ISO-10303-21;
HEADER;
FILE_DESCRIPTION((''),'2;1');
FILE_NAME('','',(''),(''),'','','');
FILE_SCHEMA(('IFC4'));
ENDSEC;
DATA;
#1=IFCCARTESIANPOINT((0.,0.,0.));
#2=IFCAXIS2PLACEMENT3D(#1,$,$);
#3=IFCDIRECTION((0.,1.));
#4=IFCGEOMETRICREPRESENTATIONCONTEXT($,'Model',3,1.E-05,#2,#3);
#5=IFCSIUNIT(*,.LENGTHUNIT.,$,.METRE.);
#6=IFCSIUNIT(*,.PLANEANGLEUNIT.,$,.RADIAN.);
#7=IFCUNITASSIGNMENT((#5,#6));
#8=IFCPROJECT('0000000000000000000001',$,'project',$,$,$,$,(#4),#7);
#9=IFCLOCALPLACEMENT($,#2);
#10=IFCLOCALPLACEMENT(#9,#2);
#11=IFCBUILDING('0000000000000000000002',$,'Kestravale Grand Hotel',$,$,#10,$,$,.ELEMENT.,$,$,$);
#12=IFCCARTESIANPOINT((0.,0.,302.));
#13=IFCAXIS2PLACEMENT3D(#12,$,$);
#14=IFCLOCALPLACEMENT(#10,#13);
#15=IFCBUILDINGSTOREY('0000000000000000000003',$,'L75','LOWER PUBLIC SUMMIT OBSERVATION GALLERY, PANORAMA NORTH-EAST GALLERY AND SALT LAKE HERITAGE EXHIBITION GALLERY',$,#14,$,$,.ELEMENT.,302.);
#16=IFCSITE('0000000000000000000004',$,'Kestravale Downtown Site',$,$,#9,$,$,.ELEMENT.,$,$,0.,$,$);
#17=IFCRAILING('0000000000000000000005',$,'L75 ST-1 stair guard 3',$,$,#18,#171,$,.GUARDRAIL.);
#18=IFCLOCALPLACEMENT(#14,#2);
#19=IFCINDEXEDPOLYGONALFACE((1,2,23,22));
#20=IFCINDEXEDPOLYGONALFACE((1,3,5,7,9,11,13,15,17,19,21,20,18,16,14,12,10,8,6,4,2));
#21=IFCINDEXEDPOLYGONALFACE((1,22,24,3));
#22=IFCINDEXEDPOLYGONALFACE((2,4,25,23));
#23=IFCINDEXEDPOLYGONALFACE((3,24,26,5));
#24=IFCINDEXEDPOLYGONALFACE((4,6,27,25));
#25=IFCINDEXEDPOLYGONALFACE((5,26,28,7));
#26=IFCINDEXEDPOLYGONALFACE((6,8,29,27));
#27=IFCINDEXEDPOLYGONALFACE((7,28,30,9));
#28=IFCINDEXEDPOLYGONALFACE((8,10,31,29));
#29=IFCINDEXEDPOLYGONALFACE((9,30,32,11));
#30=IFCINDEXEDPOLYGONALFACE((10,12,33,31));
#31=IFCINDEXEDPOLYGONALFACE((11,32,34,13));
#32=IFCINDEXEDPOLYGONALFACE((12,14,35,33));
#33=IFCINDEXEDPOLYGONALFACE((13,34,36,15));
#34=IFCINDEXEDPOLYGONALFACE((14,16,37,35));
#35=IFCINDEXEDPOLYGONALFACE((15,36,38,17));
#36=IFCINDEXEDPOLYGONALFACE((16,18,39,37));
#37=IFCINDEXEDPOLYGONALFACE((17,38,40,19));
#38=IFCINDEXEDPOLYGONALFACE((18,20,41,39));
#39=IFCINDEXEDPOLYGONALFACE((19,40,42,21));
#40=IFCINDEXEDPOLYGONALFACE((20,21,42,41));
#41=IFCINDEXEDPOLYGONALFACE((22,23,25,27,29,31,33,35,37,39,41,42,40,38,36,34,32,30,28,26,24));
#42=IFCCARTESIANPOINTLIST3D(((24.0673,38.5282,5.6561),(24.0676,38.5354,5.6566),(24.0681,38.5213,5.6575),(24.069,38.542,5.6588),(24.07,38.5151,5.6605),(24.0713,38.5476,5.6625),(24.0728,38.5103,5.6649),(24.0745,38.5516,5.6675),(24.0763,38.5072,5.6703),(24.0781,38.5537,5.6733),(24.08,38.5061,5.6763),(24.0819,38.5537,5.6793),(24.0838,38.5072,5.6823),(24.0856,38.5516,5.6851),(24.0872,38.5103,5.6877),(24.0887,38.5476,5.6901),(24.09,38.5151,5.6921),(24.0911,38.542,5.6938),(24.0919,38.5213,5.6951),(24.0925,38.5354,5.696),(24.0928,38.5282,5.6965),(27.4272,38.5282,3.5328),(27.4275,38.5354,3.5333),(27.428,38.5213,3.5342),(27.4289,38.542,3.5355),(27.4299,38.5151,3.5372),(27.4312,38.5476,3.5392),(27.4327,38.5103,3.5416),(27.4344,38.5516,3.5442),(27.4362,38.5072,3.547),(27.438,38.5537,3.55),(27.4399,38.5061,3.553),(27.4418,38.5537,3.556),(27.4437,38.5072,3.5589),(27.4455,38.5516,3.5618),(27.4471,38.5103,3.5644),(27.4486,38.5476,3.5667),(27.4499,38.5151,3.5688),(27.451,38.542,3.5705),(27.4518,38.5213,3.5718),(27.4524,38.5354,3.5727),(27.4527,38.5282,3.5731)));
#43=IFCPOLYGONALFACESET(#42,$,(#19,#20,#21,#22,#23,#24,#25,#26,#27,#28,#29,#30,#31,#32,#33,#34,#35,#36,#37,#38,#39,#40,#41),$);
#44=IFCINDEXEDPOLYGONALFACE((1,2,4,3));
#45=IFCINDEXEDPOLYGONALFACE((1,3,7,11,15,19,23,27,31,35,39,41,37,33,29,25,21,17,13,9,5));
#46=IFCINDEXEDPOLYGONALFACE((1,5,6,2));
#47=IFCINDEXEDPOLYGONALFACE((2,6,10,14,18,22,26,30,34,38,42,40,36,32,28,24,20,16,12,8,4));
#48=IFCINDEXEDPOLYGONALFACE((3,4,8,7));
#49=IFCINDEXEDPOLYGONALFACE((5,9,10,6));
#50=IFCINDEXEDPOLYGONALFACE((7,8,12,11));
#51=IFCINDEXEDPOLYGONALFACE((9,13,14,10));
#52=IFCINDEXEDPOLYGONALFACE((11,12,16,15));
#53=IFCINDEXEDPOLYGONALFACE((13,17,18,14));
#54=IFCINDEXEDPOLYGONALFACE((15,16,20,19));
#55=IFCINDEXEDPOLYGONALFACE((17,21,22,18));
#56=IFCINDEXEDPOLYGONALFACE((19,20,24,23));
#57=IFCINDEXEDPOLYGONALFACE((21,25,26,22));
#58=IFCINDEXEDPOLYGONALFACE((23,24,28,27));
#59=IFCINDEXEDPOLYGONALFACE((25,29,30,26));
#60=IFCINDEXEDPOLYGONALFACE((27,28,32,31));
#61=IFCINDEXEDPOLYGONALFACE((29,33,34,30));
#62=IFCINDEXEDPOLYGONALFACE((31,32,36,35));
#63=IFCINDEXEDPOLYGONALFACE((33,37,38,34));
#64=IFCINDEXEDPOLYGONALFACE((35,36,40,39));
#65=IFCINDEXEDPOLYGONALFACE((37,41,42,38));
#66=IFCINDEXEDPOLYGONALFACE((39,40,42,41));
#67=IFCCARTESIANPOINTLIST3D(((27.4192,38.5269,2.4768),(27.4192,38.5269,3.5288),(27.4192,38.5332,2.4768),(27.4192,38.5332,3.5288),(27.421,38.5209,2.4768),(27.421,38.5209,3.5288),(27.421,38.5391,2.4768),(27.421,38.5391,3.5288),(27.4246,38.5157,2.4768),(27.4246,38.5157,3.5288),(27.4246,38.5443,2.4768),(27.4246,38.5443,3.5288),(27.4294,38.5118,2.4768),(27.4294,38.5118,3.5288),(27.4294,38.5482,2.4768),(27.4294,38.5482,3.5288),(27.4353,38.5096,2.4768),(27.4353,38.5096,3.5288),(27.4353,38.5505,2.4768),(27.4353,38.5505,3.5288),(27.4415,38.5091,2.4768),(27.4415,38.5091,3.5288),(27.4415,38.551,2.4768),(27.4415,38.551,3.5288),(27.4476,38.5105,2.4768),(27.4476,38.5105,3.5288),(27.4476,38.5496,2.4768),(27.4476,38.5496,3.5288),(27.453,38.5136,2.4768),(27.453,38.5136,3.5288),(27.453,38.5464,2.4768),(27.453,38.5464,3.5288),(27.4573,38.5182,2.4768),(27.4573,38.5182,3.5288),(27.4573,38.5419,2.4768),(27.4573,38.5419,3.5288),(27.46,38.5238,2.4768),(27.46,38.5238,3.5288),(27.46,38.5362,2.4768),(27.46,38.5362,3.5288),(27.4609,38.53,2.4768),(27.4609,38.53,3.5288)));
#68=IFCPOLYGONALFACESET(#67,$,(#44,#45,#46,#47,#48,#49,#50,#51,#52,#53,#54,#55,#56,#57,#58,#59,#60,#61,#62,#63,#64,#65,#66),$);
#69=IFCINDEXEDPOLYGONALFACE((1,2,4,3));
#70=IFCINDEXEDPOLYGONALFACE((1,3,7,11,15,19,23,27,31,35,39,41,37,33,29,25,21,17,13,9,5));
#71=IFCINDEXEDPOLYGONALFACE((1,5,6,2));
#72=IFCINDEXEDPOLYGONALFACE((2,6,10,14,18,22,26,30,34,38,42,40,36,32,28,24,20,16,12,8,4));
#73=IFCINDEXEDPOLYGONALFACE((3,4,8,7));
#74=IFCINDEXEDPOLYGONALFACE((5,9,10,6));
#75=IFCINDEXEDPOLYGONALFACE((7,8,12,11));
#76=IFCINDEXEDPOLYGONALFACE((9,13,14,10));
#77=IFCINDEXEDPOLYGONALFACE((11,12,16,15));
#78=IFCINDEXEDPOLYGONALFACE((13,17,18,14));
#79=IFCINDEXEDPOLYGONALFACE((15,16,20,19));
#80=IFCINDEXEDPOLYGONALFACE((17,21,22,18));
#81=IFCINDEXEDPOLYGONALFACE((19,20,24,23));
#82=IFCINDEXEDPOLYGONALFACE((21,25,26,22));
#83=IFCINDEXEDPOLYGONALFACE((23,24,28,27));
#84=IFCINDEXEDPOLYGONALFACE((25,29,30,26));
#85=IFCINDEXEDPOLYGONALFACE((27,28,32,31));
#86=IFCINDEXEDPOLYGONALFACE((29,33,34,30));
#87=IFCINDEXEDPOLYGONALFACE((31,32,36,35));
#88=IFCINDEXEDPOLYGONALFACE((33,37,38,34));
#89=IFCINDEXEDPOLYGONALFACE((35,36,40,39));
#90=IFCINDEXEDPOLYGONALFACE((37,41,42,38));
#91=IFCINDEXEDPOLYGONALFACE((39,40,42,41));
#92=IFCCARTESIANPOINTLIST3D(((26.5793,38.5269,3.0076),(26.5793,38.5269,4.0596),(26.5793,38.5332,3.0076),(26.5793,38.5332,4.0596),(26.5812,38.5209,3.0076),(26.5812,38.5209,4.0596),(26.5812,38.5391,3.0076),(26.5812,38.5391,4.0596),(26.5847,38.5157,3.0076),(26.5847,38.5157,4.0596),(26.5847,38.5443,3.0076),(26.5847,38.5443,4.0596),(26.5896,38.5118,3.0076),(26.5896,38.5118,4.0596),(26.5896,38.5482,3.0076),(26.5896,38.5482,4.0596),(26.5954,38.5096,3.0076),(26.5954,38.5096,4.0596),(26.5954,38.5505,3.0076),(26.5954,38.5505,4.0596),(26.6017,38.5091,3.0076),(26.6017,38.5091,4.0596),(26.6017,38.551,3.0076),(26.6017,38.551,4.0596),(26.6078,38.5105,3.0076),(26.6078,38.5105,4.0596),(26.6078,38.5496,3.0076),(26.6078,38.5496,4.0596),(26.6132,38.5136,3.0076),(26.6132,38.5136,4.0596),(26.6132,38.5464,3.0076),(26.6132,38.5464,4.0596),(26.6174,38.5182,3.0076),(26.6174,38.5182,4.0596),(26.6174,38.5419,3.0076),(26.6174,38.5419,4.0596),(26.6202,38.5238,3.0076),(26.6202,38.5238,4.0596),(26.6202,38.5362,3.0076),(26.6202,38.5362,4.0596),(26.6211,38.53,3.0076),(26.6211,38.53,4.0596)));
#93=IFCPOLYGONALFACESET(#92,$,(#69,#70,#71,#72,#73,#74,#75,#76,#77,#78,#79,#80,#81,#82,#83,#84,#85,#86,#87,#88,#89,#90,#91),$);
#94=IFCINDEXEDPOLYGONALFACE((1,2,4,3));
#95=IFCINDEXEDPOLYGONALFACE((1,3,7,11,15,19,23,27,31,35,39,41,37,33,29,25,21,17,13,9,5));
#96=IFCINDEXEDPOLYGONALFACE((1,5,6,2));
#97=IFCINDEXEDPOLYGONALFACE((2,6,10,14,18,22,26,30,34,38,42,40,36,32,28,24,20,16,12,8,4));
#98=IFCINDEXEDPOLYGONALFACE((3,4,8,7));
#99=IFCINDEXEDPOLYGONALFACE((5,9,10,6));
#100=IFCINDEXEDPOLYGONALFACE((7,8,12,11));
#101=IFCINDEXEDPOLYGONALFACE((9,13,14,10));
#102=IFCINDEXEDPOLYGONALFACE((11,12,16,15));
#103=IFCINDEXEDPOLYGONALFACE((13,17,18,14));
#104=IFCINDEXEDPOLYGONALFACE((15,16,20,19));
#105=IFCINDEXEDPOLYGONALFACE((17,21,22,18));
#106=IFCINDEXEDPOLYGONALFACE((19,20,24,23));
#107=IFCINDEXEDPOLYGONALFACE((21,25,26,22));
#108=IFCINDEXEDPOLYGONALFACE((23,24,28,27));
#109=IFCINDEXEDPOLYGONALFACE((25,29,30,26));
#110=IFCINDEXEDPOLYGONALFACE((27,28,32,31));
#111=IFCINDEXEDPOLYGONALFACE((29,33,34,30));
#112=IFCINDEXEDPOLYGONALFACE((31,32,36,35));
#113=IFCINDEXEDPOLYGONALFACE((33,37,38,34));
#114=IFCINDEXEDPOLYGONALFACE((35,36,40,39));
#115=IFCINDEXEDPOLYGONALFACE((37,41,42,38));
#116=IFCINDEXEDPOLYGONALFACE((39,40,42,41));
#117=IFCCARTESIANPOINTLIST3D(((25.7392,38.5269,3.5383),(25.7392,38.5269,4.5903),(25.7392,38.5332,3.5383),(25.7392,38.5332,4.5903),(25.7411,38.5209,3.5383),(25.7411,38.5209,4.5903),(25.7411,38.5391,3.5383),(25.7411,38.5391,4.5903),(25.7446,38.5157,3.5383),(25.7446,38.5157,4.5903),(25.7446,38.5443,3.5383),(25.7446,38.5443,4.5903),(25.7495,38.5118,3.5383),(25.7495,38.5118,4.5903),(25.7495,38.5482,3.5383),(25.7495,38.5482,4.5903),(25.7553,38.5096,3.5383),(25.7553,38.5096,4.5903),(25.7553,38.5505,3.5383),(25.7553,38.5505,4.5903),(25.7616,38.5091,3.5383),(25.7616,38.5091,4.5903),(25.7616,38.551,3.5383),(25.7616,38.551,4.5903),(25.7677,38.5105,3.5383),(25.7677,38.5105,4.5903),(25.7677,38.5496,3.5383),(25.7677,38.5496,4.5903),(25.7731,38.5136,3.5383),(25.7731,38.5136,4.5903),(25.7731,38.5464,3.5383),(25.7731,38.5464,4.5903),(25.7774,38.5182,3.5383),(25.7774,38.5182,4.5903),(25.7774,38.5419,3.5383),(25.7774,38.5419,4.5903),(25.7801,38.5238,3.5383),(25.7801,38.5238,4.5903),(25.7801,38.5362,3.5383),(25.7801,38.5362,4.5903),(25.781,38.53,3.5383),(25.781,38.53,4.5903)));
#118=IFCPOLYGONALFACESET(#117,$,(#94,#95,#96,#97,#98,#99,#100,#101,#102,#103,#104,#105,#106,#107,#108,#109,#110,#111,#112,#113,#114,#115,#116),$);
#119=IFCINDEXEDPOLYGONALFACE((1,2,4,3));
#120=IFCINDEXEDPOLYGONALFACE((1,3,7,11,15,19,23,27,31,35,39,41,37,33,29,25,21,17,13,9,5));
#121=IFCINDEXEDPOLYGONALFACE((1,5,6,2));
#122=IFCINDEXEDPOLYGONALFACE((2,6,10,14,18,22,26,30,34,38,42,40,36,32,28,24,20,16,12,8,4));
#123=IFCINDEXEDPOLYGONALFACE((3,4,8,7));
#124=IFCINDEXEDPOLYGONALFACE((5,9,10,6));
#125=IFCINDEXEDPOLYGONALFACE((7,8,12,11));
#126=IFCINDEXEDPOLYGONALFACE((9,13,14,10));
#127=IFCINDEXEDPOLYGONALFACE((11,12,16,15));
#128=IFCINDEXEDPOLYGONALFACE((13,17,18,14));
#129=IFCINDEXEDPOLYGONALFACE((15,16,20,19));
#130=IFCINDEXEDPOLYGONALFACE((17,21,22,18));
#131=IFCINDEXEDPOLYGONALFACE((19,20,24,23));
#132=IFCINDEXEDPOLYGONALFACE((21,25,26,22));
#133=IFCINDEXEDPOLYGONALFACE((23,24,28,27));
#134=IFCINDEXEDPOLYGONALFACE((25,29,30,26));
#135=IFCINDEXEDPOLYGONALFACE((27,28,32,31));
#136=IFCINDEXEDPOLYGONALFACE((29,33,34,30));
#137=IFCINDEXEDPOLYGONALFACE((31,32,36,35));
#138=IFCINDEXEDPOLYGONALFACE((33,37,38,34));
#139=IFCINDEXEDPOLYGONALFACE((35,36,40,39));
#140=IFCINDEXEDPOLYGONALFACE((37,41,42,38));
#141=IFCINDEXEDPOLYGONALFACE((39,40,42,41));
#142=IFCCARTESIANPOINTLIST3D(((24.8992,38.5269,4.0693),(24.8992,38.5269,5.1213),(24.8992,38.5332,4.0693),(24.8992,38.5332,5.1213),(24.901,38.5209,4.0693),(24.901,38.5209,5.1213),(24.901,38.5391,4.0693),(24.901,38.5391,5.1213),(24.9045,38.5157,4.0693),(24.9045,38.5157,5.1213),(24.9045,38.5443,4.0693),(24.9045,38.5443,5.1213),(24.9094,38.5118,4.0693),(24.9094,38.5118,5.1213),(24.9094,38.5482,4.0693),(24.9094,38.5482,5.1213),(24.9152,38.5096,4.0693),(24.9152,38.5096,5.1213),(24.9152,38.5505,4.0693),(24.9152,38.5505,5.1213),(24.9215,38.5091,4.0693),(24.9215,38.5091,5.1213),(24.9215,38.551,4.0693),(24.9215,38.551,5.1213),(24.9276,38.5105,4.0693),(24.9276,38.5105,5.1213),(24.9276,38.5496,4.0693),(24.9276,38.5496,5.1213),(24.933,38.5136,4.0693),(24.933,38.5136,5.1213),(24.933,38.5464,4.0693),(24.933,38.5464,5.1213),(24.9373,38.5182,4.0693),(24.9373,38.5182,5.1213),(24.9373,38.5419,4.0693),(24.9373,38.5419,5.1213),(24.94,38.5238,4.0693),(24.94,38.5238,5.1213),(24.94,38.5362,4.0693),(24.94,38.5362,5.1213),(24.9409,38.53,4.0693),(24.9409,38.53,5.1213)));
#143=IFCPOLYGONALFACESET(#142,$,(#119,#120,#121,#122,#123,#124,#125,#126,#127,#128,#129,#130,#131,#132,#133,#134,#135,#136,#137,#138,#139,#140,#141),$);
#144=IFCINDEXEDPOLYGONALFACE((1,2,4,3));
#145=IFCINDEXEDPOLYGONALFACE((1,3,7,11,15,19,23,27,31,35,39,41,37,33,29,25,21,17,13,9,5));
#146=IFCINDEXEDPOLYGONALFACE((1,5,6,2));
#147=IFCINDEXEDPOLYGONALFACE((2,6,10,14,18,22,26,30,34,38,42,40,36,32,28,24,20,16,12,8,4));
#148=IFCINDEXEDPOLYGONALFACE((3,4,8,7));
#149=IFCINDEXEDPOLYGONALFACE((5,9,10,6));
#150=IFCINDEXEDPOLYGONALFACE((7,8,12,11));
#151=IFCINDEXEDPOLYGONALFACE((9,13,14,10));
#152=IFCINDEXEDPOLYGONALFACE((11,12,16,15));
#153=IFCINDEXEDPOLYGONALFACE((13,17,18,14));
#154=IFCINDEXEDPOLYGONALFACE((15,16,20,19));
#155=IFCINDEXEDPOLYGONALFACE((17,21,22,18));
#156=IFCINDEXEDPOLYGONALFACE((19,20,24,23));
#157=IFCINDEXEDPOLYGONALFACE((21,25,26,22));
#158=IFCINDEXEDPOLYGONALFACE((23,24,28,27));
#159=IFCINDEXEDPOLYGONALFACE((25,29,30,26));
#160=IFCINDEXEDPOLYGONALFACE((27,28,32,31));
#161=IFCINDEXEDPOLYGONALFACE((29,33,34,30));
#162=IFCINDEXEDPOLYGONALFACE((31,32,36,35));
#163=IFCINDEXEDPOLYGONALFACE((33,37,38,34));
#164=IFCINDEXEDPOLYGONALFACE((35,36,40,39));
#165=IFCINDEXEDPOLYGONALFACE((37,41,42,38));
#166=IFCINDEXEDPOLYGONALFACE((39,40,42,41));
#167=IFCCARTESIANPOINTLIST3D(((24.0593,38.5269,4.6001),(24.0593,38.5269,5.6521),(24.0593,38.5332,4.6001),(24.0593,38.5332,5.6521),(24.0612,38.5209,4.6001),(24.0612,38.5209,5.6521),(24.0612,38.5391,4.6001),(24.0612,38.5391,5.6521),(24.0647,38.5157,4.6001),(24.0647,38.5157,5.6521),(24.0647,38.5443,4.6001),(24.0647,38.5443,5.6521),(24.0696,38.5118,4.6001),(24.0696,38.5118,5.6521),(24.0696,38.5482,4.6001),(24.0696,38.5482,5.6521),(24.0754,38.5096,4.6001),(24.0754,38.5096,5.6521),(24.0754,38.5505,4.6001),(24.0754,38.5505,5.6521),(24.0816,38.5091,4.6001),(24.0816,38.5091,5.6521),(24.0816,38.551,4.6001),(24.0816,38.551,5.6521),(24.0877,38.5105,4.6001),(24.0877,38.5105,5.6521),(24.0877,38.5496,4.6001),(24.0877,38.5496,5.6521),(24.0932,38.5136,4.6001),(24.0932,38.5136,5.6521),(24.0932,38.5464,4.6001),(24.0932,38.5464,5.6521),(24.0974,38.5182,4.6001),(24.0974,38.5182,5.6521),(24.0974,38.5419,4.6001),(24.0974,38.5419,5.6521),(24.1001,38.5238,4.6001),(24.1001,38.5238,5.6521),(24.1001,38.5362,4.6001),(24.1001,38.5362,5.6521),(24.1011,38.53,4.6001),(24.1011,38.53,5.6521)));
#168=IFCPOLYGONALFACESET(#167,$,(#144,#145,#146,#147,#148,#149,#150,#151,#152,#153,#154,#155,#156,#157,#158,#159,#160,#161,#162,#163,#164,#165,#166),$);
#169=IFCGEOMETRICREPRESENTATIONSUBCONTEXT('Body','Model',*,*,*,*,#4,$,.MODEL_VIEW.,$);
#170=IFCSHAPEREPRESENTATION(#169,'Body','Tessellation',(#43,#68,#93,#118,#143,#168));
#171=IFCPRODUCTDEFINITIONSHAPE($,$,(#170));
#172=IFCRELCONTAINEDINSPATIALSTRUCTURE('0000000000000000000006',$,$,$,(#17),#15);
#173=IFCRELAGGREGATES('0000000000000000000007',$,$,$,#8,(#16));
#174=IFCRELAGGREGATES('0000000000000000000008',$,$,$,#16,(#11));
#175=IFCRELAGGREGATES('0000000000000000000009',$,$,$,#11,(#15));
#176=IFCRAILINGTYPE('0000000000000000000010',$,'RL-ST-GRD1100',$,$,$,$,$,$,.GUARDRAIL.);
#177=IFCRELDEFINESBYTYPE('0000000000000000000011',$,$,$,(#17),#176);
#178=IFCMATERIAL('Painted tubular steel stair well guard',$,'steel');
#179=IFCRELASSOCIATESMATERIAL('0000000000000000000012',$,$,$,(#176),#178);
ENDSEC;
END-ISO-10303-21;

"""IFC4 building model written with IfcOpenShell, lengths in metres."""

from ifc_helpers import new_model, si_unit, direction, frame, origin, origin_2d, place, context, subcontext, project, spatial, circle, extrude, material, type_object, element, save


model = new_model("IFC4")

# Units and contexts
model_context = context("Model", 3, precision=1e-05, world=origin(), true_north=direction((0.0, 1.0)))
body_context = subcontext(model_context, "Body", "Model", "MODEL_VIEW")
ifc_project = project(units=[si_unit("LENGTHUNIT", "METRE"), si_unit("PLANEANGLEUNIT", "RADIAN")], contexts=[model_context])

# Site, building, storey
site_placement = place(None, origin())
site = spatial("IfcSite", under=ifc_project, at=site_placement, Name="Kestravale Downtown Site", CompositionType="ELEMENT", RefElevation=0.0)
building_placement = place(site_placement, origin())
building = spatial("IfcBuilding", under=site, at=building_placement, Name="Kestravale Grand Hotel", CompositionType="ELEMENT")
storey_placement = place(building_placement, frame((0.0, 0.0, 302.0)))
storey = spatial("IfcBuildingStorey", under=building, at=storey_placement, Name="L75", Description="LOWER PUBLIC SUMMIT OBSERVATION GALLERY, PANORAMA NORTH-EAST GALLERY AND SALT LAKE HERITAGE EXHIBITION GALLERY", CompositionType="ELEMENT", Elevation=302.0)

# Railing
ifc_material_1 = material(Name="Painted tubular steel stair well guard", Category="steel")
railing_type_1 = type_object("IfcRailingType", Name="RL-ST-GRD1100", PredefinedType="GUARDRAIL", material=ifc_material_1)
railing_1_placement = place(storey_placement, frame((27.4399, 38.53, 2.4768)))
element("IfcRailing", 1, at=railing_1_placement, inside=storey, type_object=railing_type_1, Name="L75 ST-1 stair guard 3", PredefinedType="GUARDRAIL", context=body_context, shape_type="SweptSolid", body=[
    extrude(circle(Radius=0.0239, at=origin_2d()), frame((0.0, 0.0, 1.0762), z_axis=(-0.845344, 0.0, 0.534222), x_axis=(0.0, -1.0, 0.0)), (0.0, 0.0, 1.0), 3.9746),
    extrude(circle(Radius=0.021, at=origin_2d()), origin(), (0.0, 0.0, 1.0), 1.052),
    extrude(circle(Radius=0.021, at=origin_2d()), frame((-0.8398, 0.0, 0.5308)), (0.0, 0.0, 1.0), 1.052),
    extrude(circle(Radius=0.021, at=origin_2d()), frame((-1.6799, 0.0, 1.0615)), (0.0, 0.0, 1.0), 1.052),
    extrude(circle(Radius=0.021, at=origin_2d()), frame((-2.52, 0.0, 1.5925)), (0.0, 0.0, 1.0), 1.052),
    extrude(circle(Radius=0.021, at=origin_2d()), frame((-3.3599, 0.0, 2.1233)), (0.0, 0.0, 1.0), 1.052),
])

save(model, "model.ifc")
